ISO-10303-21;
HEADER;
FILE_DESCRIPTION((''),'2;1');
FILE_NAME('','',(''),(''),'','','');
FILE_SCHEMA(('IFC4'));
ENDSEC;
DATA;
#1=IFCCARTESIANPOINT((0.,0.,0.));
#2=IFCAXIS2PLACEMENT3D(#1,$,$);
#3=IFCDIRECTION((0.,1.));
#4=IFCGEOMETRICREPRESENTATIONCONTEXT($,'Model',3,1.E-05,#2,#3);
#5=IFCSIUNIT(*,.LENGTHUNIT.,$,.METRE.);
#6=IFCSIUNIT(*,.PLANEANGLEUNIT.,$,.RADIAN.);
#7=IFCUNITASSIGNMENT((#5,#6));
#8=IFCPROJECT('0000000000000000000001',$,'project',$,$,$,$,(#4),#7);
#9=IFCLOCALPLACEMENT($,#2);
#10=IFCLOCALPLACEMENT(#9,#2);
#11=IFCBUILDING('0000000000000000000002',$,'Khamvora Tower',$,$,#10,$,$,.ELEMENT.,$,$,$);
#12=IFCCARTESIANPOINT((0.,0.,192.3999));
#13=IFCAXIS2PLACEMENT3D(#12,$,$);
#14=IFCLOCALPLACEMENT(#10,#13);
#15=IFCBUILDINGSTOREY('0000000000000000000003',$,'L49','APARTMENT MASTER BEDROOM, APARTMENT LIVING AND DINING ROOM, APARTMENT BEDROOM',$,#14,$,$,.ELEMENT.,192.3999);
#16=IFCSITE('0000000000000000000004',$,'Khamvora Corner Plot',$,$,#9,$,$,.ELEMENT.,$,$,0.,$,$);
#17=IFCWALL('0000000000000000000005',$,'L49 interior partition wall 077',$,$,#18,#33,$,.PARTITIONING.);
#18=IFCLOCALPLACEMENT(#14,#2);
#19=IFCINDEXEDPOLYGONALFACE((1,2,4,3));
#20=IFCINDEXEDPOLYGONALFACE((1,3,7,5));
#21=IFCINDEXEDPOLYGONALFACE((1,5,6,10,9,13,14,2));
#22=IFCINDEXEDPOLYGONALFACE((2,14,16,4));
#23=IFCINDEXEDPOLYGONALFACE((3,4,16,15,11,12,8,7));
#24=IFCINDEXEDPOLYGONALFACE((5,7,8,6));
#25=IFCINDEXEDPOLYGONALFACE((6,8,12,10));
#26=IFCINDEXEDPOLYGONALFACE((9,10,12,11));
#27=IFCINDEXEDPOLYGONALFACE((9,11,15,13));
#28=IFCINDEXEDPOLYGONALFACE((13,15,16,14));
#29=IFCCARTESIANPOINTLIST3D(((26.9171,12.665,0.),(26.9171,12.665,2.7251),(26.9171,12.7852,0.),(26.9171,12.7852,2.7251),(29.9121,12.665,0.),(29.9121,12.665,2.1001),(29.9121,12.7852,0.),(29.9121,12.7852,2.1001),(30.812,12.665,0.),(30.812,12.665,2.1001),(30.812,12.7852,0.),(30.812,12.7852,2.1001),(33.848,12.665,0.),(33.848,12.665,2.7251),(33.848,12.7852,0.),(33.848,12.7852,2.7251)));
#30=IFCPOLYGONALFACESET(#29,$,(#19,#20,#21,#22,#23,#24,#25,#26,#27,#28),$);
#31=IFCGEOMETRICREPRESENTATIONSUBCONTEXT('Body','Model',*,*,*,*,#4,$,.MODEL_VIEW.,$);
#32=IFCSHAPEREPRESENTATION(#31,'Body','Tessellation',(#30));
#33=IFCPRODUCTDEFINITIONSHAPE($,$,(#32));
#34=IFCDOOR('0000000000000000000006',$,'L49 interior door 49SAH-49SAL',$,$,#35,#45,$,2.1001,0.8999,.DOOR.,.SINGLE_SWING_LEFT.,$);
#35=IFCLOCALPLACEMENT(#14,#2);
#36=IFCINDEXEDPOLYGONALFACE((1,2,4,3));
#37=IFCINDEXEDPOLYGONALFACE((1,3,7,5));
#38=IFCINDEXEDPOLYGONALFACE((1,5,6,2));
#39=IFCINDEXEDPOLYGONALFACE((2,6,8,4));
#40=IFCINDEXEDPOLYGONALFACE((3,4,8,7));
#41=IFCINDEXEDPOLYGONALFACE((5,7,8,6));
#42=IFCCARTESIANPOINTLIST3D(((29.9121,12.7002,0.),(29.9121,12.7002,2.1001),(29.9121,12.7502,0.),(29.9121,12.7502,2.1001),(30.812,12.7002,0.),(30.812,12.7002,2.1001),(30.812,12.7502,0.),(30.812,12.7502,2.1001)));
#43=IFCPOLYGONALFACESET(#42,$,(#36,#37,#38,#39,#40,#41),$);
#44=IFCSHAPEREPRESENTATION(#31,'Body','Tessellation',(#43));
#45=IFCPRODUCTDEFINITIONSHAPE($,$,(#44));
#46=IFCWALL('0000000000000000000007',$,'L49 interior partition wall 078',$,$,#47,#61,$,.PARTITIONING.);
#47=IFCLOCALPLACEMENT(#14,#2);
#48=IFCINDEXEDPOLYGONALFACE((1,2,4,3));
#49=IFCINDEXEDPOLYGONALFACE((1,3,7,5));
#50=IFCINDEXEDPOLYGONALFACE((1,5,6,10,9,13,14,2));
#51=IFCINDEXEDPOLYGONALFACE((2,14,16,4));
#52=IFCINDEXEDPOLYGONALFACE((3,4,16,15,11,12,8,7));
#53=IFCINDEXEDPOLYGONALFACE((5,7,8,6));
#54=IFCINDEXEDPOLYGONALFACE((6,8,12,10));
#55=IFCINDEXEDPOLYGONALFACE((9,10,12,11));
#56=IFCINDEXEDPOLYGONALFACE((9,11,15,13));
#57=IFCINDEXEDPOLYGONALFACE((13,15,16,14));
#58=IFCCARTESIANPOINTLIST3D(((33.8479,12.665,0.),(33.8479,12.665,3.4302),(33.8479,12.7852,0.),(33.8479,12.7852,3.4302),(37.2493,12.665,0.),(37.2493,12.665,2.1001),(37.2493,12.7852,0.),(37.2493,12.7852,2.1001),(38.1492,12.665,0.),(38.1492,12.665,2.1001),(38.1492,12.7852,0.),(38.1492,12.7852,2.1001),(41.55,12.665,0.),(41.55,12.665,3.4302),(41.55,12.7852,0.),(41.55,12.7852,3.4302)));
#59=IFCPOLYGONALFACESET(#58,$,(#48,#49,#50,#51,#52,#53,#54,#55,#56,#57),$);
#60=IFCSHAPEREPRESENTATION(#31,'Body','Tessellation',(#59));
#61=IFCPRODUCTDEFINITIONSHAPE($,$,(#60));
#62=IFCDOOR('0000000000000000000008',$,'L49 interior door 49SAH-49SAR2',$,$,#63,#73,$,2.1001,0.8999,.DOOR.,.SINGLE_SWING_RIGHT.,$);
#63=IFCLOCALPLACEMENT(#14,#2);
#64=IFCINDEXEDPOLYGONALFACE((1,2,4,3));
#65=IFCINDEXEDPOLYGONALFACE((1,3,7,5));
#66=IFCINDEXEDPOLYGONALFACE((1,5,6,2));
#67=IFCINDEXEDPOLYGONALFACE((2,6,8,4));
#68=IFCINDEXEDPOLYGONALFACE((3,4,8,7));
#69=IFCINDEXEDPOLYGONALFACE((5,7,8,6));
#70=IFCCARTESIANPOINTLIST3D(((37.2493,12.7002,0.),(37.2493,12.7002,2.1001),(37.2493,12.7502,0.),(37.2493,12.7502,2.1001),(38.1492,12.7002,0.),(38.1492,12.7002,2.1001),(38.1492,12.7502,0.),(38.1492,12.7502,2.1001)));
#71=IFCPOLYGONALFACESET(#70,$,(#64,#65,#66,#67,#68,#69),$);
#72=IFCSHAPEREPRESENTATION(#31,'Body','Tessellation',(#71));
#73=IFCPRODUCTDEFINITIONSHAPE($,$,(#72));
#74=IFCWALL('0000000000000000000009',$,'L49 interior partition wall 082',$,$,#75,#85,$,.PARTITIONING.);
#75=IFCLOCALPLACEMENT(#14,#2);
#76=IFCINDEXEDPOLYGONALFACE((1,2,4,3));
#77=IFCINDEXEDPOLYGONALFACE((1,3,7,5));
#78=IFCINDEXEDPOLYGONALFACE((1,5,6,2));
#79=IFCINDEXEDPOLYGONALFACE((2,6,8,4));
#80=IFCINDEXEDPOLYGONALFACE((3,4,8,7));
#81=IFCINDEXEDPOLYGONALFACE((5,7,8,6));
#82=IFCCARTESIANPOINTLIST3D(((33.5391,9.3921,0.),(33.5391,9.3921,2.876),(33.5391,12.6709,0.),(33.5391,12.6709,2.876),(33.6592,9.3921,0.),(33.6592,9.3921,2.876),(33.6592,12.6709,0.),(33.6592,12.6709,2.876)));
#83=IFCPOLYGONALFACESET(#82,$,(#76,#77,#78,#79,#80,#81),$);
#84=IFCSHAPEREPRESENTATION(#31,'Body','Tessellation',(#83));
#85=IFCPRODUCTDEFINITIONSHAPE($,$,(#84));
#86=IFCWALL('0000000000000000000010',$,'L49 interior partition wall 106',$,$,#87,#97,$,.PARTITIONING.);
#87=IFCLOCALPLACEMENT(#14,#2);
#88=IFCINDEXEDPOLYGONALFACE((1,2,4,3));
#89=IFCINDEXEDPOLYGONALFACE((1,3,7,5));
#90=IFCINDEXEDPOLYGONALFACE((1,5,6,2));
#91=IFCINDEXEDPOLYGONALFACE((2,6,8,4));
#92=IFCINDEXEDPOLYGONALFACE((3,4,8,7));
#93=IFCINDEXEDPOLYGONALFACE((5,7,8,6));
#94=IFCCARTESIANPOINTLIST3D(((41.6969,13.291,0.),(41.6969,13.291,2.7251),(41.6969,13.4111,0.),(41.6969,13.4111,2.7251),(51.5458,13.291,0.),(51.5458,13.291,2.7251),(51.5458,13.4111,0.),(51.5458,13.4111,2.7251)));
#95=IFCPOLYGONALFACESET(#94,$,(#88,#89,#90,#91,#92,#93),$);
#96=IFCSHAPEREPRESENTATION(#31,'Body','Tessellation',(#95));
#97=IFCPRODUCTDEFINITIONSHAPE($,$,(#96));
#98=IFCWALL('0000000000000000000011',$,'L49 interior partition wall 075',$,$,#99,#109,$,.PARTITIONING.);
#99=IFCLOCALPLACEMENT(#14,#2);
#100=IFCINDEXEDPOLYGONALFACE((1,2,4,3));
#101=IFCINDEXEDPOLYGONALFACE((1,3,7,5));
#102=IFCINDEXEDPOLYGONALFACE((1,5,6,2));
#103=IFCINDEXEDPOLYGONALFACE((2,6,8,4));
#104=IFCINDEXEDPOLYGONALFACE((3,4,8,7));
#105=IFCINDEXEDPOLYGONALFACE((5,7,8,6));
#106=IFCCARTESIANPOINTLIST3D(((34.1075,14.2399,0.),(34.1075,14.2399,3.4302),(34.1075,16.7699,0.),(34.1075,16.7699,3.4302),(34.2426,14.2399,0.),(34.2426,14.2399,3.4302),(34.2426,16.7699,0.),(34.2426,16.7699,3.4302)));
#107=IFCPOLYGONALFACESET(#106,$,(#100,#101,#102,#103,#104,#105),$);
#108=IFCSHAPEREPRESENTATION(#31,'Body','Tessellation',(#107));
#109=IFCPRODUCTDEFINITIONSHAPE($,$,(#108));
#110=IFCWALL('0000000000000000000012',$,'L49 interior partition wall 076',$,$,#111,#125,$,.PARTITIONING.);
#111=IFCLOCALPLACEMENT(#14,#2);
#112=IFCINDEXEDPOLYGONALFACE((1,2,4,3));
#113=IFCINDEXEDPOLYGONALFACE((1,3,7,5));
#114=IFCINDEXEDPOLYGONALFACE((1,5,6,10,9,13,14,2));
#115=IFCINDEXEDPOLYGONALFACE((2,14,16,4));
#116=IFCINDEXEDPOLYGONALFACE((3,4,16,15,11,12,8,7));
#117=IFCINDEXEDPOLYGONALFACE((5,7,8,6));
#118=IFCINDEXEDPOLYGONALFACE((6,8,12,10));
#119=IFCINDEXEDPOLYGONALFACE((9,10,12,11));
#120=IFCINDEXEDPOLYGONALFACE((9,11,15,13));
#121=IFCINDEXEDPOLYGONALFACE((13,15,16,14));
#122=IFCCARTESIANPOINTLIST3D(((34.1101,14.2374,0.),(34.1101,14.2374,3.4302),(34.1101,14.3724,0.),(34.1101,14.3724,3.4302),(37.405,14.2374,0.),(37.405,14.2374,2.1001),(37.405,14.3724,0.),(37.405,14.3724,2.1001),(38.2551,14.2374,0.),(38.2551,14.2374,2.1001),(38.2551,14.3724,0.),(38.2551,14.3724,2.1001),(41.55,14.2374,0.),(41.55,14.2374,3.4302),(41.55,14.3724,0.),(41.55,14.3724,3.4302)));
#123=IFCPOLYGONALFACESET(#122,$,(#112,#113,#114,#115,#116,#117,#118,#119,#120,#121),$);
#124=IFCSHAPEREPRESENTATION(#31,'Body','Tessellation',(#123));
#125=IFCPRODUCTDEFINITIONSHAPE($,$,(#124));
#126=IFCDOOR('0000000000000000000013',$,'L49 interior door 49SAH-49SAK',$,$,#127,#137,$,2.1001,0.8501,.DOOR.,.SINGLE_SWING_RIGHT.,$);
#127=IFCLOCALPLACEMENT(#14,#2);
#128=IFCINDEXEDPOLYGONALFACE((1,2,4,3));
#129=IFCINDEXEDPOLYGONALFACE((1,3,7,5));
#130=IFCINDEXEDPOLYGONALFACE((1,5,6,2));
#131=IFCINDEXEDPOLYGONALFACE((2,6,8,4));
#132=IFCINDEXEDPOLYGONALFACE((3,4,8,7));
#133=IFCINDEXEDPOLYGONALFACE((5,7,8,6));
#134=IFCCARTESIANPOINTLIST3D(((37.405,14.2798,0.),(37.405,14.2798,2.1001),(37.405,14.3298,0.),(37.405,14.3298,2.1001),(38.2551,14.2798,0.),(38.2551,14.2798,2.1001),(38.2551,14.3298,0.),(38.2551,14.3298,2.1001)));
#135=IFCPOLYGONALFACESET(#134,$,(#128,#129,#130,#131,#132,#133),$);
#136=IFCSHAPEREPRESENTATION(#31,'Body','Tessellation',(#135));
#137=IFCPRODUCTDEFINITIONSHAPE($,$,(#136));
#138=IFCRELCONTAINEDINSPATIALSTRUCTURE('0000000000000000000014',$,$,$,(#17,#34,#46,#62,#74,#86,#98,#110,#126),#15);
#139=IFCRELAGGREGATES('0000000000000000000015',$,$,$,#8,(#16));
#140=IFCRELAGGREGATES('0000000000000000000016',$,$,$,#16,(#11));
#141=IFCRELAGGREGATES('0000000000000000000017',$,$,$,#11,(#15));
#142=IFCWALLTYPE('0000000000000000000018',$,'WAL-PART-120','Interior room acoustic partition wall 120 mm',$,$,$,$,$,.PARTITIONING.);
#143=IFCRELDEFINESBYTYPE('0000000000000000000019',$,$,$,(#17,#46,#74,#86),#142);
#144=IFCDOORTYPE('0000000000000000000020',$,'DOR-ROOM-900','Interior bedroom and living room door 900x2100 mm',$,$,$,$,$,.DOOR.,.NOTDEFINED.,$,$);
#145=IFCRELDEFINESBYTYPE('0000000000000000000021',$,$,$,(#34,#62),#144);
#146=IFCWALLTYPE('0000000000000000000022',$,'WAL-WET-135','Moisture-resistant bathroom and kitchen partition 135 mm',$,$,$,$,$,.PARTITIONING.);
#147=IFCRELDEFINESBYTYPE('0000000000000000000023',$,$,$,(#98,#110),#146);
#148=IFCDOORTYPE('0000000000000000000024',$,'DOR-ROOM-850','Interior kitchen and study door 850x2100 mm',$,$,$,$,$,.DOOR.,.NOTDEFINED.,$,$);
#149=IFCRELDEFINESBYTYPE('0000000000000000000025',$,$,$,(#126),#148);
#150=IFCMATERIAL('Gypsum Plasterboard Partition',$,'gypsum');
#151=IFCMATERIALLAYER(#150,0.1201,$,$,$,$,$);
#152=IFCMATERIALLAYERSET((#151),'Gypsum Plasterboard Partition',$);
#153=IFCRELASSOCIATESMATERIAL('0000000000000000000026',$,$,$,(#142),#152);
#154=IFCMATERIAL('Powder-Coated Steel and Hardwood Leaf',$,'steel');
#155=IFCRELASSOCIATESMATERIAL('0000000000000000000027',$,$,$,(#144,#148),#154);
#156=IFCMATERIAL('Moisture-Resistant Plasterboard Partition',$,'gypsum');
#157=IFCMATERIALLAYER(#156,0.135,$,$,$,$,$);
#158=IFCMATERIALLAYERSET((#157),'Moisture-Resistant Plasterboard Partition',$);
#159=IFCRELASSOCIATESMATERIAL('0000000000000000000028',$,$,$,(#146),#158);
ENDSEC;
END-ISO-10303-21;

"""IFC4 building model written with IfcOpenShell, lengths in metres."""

from ifc_helpers import new_model, si_unit, direction, frame, frame_2d, origin, place, context, subcontext, project, spatial, rectangle, extrude, material, layer, layer_set, type_object, element, fill, save


model = new_model("IFC4")

# Units and contexts
model_context = context("Model", 3, precision=1e-05, world=origin(), true_north=direction((0.0, 1.0)))
body_context = subcontext(model_context, "Body", "Model", "MODEL_VIEW")
ifc_project = project(units=[si_unit("LENGTHUNIT", "METRE"), si_unit("PLANEANGLEUNIT", "RADIAN")], contexts=[model_context])

# Site, building, storey
site_placement = place(None, origin())
site = spatial("IfcSite", under=ifc_project, at=site_placement, Name="Khamvora Corner Plot", CompositionType="ELEMENT", RefElevation=0.0)
building_placement = place(site_placement, origin())
building = spatial("IfcBuilding", under=site, at=building_placement, Name="Khamvora Tower", CompositionType="ELEMENT")
storey_placement = place(building_placement, frame((0.0, 0.0, 192.3999)))
storey = spatial("IfcBuildingStorey", under=building, at=storey_placement, Name="L49", Description="APARTMENT MASTER BEDROOM, APARTMENT LIVING AND DINING ROOM, APARTMENT BEDROOM", CompositionType="ELEMENT", Elevation=192.3999)

# Shared definitions
ifc_material_1 = material(Name="Powder-Coated Steel and Hardwood Leaf", Category="steel")

# Walls, openings, doors
ifc_material_2 = material(Name="Gypsum Plasterboard Partition", Category="gypsum")
ifc_layer_1 = layer(ifc_material_2, 0.1201)
ifc_layer_set_1 = layer_set([ifc_layer_1], Name="Gypsum Plasterboard Partition")
wall_type_1 = type_object("IfcWallType", Name="WAL-PART-120", Description="Interior room acoustic partition wall 120 mm", PredefinedType="PARTITIONING", material=ifc_layer_set_1)
wall_1_placement = place(storey_placement, frame((33.8479, 12.7251, 0.0), z_axis=(0.0, 0.0, 1.0), x_axis=(-1.0, 0.0, 0.0)))
wall_1 = element("IfcWall", 1, at=wall_1_placement, inside=storey, type_object=wall_type_1, Name="L49 interior partition wall 077", PredefinedType="PARTITIONING", context=body_context, shape_type="SweptSolid", body=[
    extrude(rectangle(XDim=6.9309, YDim=0.1201, at=frame_2d((3.4653, 0.0))), origin(), (0.0, 0.0, 1.0), 2.7251),
])
opening_1_placement = place(wall_1_placement, frame((3.0359, 0.0, 0.0)))
opening_1 = element("IfcOpeningElement", 2, at=opening_1_placement, cuts=wall_1, PredefinedType="OPENING", context=body_context, shape_type="SweptSolid", body=[
    extrude(rectangle(XDim=0.8999, YDim=2.1001, at=frame_2d((0.45, 1.05))), frame((0.0, 0.0701, 0.0), z_axis=(0.0, -1.0, 0.0), x_axis=(1.0, 0.0, 0.0)), (0.0, 0.0, 1.0), 0.1401),
])
door_type_1 = type_object("IfcDoorType", Name="DOR-ROOM-900", Description="Interior bedroom and living room door 900x2100 mm", OperationType="NOTDEFINED", PredefinedType="DOOR", material=ifc_material_1)
door_1_placement = place(opening_1_placement, origin())
door_1 = element("IfcDoor", 3, at=door_1_placement, inside=storey, type_object=door_type_1, Name="L49 interior door 49SAH-49SAL", OperationType="SINGLE_SWING_LEFT", OverallHeight=2.1001, OverallWidth=0.8999, PredefinedType="DOOR", context=body_context, shape_type="SweptSolid", body=[
    extrude(rectangle(XDim=0.8999, YDim=2.1001, at=frame_2d((0.45, 1.05))), frame((0.0, 0.0249, 0.0), z_axis=(0.0, -1.0, 0.0), x_axis=(1.0, 0.0, 0.0)), (0.0, 0.0, 1.0), 0.05),
])
fill(opening_1, door_1)
wall_2_placement = place(storey_placement, frame((41.55, 12.7251, 0.0), z_axis=(0.0, 0.0, 1.0), x_axis=(-1.0, 0.0, 0.0)))
wall_2 = element("IfcWall", 4, at=wall_2_placement, inside=storey, type_object=wall_type_1, Name="L49 interior partition wall 078", PredefinedType="PARTITIONING", context=body_context, shape_type="SweptSolid", body=[
    extrude(rectangle(XDim=7.7021, YDim=0.1201, at=frame_2d((3.8511, 0.0))), origin(), (0.0, 0.0, 1.0), 3.4302),
])
opening_2_placement = place(wall_2_placement, frame((3.4009, 0.0, 0.0)))
opening_2 = element("IfcOpeningElement", 5, at=opening_2_placement, cuts=wall_2, PredefinedType="OPENING", context=body_context, shape_type="SweptSolid", body=[
    extrude(rectangle(XDim=0.8999, YDim=2.1001, at=frame_2d((0.45, 1.05))), frame((0.0, 0.0701, 0.0), z_axis=(0.0, -1.0, 0.0), x_axis=(1.0, 0.0, 0.0)), (0.0, 0.0, 1.0), 0.1401),
])
door_2_placement = place(opening_2_placement, origin())
door_2 = element("IfcDoor", 6, at=door_2_placement, inside=storey, type_object=door_type_1, Name="L49 interior door 49SAH-49SAR2", OperationType="SINGLE_SWING_RIGHT", OverallHeight=2.1001, OverallWidth=0.8999, PredefinedType="DOOR", context=body_context, shape_type="SweptSolid", body=[
    extrude(rectangle(XDim=0.8999, YDim=2.1001, at=frame_2d((0.45, 1.05))), frame((0.0, 0.0249, 0.0), z_axis=(0.0, -1.0, 0.0), x_axis=(1.0, 0.0, 0.0)), (0.0, 0.0, 1.0), 0.05),
])
fill(opening_2, door_2)

# Walls
wall_3_placement = place(storey_placement, frame((33.5991, 12.6709, 0.0), z_axis=(0.0, 0.0, 1.0), x_axis=(0.0, -1.0, 0.0)))
element("IfcWall", 7, at=wall_3_placement, inside=storey, type_object=wall_type_1, Name="L49 interior partition wall 082", PredefinedType="PARTITIONING", context=body_context, shape_type="SweptSolid", body=[
    extrude(rectangle(XDim=3.2788, YDim=0.1201, at=frame_2d((1.6394, 0.0))), origin(), (0.0, 0.0, 1.0), 2.876),
])
wall_4_placement = place(storey_placement, frame((41.697, 13.3511, 0.0), z_axis=(0.0, 0.0, 1.0), x_axis=(1.0, 0.0, 0.0)))
element("IfcWall", 8, at=wall_4_placement, inside=storey, type_object=wall_type_1, Name="L49 interior partition wall 106", PredefinedType="PARTITIONING", context=body_context, shape_type="SweptSolid", body=[
    extrude(rectangle(XDim=9.8489, YDim=0.1201, at=frame_2d((4.9243, 0.0))), origin(), (0.0, 0.0, 1.0), 2.7251),
])
ifc_material_3 = material(Name="Moisture-Resistant Plasterboard Partition", Category="gypsum")
ifc_layer_2 = layer(ifc_material_3, 0.135)
ifc_layer_set_2 = layer_set([ifc_layer_2], Name="Moisture-Resistant Plasterboard Partition")
wall_type_2 = type_object("IfcWallType", Name="WAL-WET-135", Description="Moisture-resistant bathroom and kitchen partition 135 mm", PredefinedType="PARTITIONING", material=ifc_layer_set_2)
wall_5_placement = place(storey_placement, frame((34.175, 16.77, 0.0), z_axis=(0.0, 0.0, 1.0), x_axis=(0.0, -1.0, 0.0)))
element("IfcWall", 9, at=wall_5_placement, inside=storey, type_object=wall_type_2, Name="L49 interior partition wall 075", PredefinedType="PARTITIONING", context=body_context, shape_type="SweptSolid", body=[
    extrude(rectangle(XDim=2.53, YDim=0.135, at=frame_2d((1.2651, 0.0))), origin(), (0.0, 0.0, 1.0), 3.4302),
])

# Wall, opening, door
wall_6_placement = place(storey_placement, frame((34.1101, 14.3049, 0.0), z_axis=(0.0, 0.0, 1.0), x_axis=(1.0, 0.0, 0.0)))
wall_6 = element("IfcWall", 10, at=wall_6_placement, inside=storey, type_object=wall_type_2, Name="L49 interior partition wall 076", PredefinedType="PARTITIONING", context=body_context, shape_type="SweptSolid", body=[
    extrude(rectangle(XDim=7.4399, YDim=0.135, at=frame_2d((3.72, 0.0))), origin(), (0.0, 0.0, 1.0), 3.4302),
])
opening_3_placement = place(wall_6_placement, frame((3.2949, 0.0, 0.0)))
opening_3 = element("IfcOpeningElement", 11, at=opening_3_placement, cuts=wall_6, PredefinedType="OPENING", context=body_context, shape_type="SweptSolid", body=[
    extrude(rectangle(XDim=0.8501, YDim=2.1001, at=frame_2d((0.425, 1.05))), frame((0.0, 0.0774, 0.0), z_axis=(0.0, -1.0, 0.0), x_axis=(1.0, 0.0, 0.0)), (0.0, 0.0, 1.0), 0.155),
])
door_type_2 = type_object("IfcDoorType", Name="DOR-ROOM-850", Description="Interior kitchen and study door 850x2100 mm", OperationType="NOTDEFINED", PredefinedType="DOOR", material=ifc_material_1)
door_3_placement = place(opening_3_placement, origin())
door_3 = element("IfcDoor", 12, at=door_3_placement, inside=storey, type_object=door_type_2, Name="L49 interior door 49SAH-49SAK", OperationType="SINGLE_SWING_RIGHT", OverallHeight=2.1001, OverallWidth=0.8501, PredefinedType="DOOR", context=body_context, shape_type="SweptSolid", body=[
    extrude(rectangle(XDim=0.8501, YDim=2.1001, at=frame_2d((0.425, 1.05))), frame((0.0, 0.0249, 0.0), z_axis=(0.0, -1.0, 0.0), x_axis=(1.0, 0.0, 0.0)), (0.0, 0.0, 1.0), 0.05),
])
fill(opening_3, door_3)

save(model, "model.ifc")
